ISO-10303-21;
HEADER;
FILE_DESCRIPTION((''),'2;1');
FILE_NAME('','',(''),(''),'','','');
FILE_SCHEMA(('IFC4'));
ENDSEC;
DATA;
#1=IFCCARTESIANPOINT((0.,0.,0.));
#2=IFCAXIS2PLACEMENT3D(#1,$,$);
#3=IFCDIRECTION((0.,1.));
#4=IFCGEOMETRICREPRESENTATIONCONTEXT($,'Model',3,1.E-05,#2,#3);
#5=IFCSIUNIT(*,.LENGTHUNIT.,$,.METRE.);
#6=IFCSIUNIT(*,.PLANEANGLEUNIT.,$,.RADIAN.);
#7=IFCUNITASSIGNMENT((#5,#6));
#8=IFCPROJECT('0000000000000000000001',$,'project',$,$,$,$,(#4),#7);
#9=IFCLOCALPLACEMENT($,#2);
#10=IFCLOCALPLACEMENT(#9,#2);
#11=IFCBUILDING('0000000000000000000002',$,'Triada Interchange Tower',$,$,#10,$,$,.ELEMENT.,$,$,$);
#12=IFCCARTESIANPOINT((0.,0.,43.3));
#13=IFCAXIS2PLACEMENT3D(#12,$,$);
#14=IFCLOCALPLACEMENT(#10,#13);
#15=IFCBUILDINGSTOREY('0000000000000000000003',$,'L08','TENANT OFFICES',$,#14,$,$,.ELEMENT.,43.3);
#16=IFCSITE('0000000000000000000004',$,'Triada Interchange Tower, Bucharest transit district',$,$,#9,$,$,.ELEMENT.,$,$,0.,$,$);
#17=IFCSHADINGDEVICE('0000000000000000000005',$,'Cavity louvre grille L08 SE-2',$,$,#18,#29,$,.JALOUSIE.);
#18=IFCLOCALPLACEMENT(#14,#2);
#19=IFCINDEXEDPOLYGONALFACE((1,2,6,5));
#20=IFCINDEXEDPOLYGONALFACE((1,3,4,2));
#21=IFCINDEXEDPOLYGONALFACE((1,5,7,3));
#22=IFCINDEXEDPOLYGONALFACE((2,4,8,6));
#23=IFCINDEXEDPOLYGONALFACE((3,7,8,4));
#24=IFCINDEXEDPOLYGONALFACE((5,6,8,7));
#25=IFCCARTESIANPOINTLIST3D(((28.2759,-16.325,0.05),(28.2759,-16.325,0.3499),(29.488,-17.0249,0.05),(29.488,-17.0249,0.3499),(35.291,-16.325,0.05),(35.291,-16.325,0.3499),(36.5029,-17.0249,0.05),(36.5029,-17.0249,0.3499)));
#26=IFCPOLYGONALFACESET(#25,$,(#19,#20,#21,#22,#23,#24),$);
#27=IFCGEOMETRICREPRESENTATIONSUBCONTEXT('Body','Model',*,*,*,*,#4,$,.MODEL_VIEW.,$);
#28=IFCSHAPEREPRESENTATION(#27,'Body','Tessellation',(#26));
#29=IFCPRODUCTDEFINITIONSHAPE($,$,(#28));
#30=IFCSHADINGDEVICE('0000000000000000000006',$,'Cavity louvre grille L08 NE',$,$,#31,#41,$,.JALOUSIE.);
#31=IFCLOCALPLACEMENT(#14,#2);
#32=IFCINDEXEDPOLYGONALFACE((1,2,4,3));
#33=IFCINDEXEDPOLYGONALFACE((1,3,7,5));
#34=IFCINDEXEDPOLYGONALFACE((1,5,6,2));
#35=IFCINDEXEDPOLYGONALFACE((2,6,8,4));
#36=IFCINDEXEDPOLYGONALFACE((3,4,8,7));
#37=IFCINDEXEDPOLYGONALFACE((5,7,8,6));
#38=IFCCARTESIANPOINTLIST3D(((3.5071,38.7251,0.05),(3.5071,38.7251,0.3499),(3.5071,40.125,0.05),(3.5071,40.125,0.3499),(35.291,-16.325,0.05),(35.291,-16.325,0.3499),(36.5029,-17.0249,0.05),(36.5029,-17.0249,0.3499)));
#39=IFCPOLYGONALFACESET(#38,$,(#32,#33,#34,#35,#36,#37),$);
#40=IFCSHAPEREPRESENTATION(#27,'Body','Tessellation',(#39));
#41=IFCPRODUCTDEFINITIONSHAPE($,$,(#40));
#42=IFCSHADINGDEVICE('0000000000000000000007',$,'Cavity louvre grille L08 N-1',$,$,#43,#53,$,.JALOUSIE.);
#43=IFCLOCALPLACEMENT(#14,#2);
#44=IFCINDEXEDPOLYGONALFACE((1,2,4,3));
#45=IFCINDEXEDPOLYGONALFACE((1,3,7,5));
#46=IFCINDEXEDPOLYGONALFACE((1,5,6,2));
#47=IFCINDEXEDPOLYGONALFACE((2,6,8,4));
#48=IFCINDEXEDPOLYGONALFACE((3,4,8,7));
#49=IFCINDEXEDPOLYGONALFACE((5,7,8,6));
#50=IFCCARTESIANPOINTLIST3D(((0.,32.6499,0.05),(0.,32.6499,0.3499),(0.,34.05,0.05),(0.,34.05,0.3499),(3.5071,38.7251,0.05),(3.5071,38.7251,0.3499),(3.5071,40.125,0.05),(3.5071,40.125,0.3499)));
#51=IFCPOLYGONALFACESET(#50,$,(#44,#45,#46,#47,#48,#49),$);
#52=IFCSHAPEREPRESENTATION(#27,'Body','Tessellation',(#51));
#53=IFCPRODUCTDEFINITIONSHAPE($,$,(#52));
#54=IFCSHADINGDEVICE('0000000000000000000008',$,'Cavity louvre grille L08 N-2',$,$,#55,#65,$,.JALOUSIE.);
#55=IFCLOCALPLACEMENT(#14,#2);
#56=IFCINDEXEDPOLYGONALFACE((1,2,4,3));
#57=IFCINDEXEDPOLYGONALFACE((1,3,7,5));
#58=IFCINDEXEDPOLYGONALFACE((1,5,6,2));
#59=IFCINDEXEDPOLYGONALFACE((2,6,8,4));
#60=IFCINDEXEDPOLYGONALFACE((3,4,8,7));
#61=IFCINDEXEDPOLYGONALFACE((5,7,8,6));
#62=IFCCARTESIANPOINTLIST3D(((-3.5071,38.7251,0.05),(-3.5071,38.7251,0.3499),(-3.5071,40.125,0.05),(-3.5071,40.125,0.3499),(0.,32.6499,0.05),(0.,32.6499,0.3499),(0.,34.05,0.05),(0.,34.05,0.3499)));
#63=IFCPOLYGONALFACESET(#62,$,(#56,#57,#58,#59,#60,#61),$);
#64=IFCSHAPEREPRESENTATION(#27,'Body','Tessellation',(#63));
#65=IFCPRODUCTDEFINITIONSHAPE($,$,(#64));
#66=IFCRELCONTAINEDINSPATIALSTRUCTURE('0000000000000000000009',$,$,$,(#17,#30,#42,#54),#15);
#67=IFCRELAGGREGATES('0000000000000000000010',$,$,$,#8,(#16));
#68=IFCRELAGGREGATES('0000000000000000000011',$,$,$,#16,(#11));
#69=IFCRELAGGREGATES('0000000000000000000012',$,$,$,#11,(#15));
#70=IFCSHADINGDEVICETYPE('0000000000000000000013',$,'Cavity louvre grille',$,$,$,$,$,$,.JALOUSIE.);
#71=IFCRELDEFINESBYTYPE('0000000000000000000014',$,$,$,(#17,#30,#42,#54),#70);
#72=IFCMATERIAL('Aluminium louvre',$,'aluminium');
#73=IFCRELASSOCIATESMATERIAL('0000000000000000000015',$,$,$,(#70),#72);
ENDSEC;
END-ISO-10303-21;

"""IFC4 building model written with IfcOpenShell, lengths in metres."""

from ifc_helpers import new_model, si_unit, direction, frame, origin, place, context, subcontext, project, spatial, polyline, outline, extrude, material, type_object, element, save


model = new_model("IFC4")

# Units and contexts
model_context = context("Model", 3, precision=1e-05, world=origin(), true_north=direction((0.0, 1.0)))
body_context = subcontext(model_context, "Body", "Model", "MODEL_VIEW")
ifc_project = project(units=[si_unit("LENGTHUNIT", "METRE"), si_unit("PLANEANGLEUNIT", "RADIAN")], contexts=[model_context])

# Site, building, storey
site_placement = place(None, origin())
site = spatial("IfcSite", under=ifc_project, at=site_placement, Name="Triada Interchange Tower, Bucharest transit district", CompositionType="ELEMENT", RefElevation=0.0)
building_placement = place(site_placement, origin())
building = spatial("IfcBuilding", under=site, at=building_placement, Name="Triada Interchange Tower", CompositionType="ELEMENT")
storey_placement = place(building_placement, frame((0.0, 0.0, 43.3)))
storey = spatial("IfcBuildingStorey", under=building, at=storey_placement, Name="L08", Description="TENANT OFFICES", CompositionType="ELEMENT", Elevation=43.3)

# Shading devices
ifc_material_1 = material(Name="Aluminium louvre", Category="aluminium")
shading_device_type = type_object("IfcShadingDeviceType", Name="Cavity louvre grille", PredefinedType="JALOUSIE", material=ifc_material_1)
shading_device_1_placement = place(storey_placement, frame((0.0, 0.0, 0.05)))
element("IfcShadingDevice", 1, at=shading_device_1_placement, inside=storey, type_object=shading_device_type, Name="Cavity louvre grille L08 SE-2", PredefinedType="JALOUSIE", context=body_context, shape_type="SweptSolid", body=[
    extrude(outline(polyline([(28.2759, -16.325), (29.488, -17.0249), (36.5029, -17.0249), (35.291, -16.325), (28.2759, -16.325)])), origin(), (0.0, 0.0, 1.0), 0.2998),
])
shading_device_2_placement = place(storey_placement, frame((0.0, 0.0, 0.05)))
element("IfcShadingDevice", 2, at=shading_device_2_placement, inside=storey, type_object=shading_device_type, Name="Cavity louvre grille L08 NE", PredefinedType="JALOUSIE", context=body_context, shape_type="SweptSolid", body=[
    extrude(outline(polyline([(35.291, -16.325), (36.5029, -17.0249), (3.5071, 40.125), (3.5071, 38.7251), (35.291, -16.325)])), origin(), (0.0, 0.0, 1.0), 0.2998),
])
shading_device_3_placement = place(storey_placement, frame((0.0, 0.0, 0.05)))
element("IfcShadingDevice", 3, at=shading_device_3_placement, inside=storey, type_object=shading_device_type, Name="Cavity louvre grille L08 N-1", PredefinedType="JALOUSIE", context=body_context, shape_type="SweptSolid", body=[
    extrude(outline(polyline([(3.5071, 38.7251), (3.5071, 40.125), (0.0, 34.05), (0.0, 32.6499), (3.5071, 38.7251)])), origin(), (0.0, 0.0, 1.0), 0.2998),
])
shading_device_4_placement = place(storey_placement, frame((0.0, 0.0, 0.05)))
element("IfcShadingDevice", 4, at=shading_device_4_placement, inside=storey, type_object=shading_device_type, Name="Cavity louvre grille L08 N-2", PredefinedType="JALOUSIE", context=body_context, shape_type="SweptSolid", body=[
    extrude(outline(polyline([(0.0, 32.6499), (0.0, 34.05), (-3.5071, 40.125), (-3.5071, 38.7251), (0.0, 32.6499)])), origin(), (0.0, 0.0, 1.0), 0.2998),
])

save(model, "model.ifc")
